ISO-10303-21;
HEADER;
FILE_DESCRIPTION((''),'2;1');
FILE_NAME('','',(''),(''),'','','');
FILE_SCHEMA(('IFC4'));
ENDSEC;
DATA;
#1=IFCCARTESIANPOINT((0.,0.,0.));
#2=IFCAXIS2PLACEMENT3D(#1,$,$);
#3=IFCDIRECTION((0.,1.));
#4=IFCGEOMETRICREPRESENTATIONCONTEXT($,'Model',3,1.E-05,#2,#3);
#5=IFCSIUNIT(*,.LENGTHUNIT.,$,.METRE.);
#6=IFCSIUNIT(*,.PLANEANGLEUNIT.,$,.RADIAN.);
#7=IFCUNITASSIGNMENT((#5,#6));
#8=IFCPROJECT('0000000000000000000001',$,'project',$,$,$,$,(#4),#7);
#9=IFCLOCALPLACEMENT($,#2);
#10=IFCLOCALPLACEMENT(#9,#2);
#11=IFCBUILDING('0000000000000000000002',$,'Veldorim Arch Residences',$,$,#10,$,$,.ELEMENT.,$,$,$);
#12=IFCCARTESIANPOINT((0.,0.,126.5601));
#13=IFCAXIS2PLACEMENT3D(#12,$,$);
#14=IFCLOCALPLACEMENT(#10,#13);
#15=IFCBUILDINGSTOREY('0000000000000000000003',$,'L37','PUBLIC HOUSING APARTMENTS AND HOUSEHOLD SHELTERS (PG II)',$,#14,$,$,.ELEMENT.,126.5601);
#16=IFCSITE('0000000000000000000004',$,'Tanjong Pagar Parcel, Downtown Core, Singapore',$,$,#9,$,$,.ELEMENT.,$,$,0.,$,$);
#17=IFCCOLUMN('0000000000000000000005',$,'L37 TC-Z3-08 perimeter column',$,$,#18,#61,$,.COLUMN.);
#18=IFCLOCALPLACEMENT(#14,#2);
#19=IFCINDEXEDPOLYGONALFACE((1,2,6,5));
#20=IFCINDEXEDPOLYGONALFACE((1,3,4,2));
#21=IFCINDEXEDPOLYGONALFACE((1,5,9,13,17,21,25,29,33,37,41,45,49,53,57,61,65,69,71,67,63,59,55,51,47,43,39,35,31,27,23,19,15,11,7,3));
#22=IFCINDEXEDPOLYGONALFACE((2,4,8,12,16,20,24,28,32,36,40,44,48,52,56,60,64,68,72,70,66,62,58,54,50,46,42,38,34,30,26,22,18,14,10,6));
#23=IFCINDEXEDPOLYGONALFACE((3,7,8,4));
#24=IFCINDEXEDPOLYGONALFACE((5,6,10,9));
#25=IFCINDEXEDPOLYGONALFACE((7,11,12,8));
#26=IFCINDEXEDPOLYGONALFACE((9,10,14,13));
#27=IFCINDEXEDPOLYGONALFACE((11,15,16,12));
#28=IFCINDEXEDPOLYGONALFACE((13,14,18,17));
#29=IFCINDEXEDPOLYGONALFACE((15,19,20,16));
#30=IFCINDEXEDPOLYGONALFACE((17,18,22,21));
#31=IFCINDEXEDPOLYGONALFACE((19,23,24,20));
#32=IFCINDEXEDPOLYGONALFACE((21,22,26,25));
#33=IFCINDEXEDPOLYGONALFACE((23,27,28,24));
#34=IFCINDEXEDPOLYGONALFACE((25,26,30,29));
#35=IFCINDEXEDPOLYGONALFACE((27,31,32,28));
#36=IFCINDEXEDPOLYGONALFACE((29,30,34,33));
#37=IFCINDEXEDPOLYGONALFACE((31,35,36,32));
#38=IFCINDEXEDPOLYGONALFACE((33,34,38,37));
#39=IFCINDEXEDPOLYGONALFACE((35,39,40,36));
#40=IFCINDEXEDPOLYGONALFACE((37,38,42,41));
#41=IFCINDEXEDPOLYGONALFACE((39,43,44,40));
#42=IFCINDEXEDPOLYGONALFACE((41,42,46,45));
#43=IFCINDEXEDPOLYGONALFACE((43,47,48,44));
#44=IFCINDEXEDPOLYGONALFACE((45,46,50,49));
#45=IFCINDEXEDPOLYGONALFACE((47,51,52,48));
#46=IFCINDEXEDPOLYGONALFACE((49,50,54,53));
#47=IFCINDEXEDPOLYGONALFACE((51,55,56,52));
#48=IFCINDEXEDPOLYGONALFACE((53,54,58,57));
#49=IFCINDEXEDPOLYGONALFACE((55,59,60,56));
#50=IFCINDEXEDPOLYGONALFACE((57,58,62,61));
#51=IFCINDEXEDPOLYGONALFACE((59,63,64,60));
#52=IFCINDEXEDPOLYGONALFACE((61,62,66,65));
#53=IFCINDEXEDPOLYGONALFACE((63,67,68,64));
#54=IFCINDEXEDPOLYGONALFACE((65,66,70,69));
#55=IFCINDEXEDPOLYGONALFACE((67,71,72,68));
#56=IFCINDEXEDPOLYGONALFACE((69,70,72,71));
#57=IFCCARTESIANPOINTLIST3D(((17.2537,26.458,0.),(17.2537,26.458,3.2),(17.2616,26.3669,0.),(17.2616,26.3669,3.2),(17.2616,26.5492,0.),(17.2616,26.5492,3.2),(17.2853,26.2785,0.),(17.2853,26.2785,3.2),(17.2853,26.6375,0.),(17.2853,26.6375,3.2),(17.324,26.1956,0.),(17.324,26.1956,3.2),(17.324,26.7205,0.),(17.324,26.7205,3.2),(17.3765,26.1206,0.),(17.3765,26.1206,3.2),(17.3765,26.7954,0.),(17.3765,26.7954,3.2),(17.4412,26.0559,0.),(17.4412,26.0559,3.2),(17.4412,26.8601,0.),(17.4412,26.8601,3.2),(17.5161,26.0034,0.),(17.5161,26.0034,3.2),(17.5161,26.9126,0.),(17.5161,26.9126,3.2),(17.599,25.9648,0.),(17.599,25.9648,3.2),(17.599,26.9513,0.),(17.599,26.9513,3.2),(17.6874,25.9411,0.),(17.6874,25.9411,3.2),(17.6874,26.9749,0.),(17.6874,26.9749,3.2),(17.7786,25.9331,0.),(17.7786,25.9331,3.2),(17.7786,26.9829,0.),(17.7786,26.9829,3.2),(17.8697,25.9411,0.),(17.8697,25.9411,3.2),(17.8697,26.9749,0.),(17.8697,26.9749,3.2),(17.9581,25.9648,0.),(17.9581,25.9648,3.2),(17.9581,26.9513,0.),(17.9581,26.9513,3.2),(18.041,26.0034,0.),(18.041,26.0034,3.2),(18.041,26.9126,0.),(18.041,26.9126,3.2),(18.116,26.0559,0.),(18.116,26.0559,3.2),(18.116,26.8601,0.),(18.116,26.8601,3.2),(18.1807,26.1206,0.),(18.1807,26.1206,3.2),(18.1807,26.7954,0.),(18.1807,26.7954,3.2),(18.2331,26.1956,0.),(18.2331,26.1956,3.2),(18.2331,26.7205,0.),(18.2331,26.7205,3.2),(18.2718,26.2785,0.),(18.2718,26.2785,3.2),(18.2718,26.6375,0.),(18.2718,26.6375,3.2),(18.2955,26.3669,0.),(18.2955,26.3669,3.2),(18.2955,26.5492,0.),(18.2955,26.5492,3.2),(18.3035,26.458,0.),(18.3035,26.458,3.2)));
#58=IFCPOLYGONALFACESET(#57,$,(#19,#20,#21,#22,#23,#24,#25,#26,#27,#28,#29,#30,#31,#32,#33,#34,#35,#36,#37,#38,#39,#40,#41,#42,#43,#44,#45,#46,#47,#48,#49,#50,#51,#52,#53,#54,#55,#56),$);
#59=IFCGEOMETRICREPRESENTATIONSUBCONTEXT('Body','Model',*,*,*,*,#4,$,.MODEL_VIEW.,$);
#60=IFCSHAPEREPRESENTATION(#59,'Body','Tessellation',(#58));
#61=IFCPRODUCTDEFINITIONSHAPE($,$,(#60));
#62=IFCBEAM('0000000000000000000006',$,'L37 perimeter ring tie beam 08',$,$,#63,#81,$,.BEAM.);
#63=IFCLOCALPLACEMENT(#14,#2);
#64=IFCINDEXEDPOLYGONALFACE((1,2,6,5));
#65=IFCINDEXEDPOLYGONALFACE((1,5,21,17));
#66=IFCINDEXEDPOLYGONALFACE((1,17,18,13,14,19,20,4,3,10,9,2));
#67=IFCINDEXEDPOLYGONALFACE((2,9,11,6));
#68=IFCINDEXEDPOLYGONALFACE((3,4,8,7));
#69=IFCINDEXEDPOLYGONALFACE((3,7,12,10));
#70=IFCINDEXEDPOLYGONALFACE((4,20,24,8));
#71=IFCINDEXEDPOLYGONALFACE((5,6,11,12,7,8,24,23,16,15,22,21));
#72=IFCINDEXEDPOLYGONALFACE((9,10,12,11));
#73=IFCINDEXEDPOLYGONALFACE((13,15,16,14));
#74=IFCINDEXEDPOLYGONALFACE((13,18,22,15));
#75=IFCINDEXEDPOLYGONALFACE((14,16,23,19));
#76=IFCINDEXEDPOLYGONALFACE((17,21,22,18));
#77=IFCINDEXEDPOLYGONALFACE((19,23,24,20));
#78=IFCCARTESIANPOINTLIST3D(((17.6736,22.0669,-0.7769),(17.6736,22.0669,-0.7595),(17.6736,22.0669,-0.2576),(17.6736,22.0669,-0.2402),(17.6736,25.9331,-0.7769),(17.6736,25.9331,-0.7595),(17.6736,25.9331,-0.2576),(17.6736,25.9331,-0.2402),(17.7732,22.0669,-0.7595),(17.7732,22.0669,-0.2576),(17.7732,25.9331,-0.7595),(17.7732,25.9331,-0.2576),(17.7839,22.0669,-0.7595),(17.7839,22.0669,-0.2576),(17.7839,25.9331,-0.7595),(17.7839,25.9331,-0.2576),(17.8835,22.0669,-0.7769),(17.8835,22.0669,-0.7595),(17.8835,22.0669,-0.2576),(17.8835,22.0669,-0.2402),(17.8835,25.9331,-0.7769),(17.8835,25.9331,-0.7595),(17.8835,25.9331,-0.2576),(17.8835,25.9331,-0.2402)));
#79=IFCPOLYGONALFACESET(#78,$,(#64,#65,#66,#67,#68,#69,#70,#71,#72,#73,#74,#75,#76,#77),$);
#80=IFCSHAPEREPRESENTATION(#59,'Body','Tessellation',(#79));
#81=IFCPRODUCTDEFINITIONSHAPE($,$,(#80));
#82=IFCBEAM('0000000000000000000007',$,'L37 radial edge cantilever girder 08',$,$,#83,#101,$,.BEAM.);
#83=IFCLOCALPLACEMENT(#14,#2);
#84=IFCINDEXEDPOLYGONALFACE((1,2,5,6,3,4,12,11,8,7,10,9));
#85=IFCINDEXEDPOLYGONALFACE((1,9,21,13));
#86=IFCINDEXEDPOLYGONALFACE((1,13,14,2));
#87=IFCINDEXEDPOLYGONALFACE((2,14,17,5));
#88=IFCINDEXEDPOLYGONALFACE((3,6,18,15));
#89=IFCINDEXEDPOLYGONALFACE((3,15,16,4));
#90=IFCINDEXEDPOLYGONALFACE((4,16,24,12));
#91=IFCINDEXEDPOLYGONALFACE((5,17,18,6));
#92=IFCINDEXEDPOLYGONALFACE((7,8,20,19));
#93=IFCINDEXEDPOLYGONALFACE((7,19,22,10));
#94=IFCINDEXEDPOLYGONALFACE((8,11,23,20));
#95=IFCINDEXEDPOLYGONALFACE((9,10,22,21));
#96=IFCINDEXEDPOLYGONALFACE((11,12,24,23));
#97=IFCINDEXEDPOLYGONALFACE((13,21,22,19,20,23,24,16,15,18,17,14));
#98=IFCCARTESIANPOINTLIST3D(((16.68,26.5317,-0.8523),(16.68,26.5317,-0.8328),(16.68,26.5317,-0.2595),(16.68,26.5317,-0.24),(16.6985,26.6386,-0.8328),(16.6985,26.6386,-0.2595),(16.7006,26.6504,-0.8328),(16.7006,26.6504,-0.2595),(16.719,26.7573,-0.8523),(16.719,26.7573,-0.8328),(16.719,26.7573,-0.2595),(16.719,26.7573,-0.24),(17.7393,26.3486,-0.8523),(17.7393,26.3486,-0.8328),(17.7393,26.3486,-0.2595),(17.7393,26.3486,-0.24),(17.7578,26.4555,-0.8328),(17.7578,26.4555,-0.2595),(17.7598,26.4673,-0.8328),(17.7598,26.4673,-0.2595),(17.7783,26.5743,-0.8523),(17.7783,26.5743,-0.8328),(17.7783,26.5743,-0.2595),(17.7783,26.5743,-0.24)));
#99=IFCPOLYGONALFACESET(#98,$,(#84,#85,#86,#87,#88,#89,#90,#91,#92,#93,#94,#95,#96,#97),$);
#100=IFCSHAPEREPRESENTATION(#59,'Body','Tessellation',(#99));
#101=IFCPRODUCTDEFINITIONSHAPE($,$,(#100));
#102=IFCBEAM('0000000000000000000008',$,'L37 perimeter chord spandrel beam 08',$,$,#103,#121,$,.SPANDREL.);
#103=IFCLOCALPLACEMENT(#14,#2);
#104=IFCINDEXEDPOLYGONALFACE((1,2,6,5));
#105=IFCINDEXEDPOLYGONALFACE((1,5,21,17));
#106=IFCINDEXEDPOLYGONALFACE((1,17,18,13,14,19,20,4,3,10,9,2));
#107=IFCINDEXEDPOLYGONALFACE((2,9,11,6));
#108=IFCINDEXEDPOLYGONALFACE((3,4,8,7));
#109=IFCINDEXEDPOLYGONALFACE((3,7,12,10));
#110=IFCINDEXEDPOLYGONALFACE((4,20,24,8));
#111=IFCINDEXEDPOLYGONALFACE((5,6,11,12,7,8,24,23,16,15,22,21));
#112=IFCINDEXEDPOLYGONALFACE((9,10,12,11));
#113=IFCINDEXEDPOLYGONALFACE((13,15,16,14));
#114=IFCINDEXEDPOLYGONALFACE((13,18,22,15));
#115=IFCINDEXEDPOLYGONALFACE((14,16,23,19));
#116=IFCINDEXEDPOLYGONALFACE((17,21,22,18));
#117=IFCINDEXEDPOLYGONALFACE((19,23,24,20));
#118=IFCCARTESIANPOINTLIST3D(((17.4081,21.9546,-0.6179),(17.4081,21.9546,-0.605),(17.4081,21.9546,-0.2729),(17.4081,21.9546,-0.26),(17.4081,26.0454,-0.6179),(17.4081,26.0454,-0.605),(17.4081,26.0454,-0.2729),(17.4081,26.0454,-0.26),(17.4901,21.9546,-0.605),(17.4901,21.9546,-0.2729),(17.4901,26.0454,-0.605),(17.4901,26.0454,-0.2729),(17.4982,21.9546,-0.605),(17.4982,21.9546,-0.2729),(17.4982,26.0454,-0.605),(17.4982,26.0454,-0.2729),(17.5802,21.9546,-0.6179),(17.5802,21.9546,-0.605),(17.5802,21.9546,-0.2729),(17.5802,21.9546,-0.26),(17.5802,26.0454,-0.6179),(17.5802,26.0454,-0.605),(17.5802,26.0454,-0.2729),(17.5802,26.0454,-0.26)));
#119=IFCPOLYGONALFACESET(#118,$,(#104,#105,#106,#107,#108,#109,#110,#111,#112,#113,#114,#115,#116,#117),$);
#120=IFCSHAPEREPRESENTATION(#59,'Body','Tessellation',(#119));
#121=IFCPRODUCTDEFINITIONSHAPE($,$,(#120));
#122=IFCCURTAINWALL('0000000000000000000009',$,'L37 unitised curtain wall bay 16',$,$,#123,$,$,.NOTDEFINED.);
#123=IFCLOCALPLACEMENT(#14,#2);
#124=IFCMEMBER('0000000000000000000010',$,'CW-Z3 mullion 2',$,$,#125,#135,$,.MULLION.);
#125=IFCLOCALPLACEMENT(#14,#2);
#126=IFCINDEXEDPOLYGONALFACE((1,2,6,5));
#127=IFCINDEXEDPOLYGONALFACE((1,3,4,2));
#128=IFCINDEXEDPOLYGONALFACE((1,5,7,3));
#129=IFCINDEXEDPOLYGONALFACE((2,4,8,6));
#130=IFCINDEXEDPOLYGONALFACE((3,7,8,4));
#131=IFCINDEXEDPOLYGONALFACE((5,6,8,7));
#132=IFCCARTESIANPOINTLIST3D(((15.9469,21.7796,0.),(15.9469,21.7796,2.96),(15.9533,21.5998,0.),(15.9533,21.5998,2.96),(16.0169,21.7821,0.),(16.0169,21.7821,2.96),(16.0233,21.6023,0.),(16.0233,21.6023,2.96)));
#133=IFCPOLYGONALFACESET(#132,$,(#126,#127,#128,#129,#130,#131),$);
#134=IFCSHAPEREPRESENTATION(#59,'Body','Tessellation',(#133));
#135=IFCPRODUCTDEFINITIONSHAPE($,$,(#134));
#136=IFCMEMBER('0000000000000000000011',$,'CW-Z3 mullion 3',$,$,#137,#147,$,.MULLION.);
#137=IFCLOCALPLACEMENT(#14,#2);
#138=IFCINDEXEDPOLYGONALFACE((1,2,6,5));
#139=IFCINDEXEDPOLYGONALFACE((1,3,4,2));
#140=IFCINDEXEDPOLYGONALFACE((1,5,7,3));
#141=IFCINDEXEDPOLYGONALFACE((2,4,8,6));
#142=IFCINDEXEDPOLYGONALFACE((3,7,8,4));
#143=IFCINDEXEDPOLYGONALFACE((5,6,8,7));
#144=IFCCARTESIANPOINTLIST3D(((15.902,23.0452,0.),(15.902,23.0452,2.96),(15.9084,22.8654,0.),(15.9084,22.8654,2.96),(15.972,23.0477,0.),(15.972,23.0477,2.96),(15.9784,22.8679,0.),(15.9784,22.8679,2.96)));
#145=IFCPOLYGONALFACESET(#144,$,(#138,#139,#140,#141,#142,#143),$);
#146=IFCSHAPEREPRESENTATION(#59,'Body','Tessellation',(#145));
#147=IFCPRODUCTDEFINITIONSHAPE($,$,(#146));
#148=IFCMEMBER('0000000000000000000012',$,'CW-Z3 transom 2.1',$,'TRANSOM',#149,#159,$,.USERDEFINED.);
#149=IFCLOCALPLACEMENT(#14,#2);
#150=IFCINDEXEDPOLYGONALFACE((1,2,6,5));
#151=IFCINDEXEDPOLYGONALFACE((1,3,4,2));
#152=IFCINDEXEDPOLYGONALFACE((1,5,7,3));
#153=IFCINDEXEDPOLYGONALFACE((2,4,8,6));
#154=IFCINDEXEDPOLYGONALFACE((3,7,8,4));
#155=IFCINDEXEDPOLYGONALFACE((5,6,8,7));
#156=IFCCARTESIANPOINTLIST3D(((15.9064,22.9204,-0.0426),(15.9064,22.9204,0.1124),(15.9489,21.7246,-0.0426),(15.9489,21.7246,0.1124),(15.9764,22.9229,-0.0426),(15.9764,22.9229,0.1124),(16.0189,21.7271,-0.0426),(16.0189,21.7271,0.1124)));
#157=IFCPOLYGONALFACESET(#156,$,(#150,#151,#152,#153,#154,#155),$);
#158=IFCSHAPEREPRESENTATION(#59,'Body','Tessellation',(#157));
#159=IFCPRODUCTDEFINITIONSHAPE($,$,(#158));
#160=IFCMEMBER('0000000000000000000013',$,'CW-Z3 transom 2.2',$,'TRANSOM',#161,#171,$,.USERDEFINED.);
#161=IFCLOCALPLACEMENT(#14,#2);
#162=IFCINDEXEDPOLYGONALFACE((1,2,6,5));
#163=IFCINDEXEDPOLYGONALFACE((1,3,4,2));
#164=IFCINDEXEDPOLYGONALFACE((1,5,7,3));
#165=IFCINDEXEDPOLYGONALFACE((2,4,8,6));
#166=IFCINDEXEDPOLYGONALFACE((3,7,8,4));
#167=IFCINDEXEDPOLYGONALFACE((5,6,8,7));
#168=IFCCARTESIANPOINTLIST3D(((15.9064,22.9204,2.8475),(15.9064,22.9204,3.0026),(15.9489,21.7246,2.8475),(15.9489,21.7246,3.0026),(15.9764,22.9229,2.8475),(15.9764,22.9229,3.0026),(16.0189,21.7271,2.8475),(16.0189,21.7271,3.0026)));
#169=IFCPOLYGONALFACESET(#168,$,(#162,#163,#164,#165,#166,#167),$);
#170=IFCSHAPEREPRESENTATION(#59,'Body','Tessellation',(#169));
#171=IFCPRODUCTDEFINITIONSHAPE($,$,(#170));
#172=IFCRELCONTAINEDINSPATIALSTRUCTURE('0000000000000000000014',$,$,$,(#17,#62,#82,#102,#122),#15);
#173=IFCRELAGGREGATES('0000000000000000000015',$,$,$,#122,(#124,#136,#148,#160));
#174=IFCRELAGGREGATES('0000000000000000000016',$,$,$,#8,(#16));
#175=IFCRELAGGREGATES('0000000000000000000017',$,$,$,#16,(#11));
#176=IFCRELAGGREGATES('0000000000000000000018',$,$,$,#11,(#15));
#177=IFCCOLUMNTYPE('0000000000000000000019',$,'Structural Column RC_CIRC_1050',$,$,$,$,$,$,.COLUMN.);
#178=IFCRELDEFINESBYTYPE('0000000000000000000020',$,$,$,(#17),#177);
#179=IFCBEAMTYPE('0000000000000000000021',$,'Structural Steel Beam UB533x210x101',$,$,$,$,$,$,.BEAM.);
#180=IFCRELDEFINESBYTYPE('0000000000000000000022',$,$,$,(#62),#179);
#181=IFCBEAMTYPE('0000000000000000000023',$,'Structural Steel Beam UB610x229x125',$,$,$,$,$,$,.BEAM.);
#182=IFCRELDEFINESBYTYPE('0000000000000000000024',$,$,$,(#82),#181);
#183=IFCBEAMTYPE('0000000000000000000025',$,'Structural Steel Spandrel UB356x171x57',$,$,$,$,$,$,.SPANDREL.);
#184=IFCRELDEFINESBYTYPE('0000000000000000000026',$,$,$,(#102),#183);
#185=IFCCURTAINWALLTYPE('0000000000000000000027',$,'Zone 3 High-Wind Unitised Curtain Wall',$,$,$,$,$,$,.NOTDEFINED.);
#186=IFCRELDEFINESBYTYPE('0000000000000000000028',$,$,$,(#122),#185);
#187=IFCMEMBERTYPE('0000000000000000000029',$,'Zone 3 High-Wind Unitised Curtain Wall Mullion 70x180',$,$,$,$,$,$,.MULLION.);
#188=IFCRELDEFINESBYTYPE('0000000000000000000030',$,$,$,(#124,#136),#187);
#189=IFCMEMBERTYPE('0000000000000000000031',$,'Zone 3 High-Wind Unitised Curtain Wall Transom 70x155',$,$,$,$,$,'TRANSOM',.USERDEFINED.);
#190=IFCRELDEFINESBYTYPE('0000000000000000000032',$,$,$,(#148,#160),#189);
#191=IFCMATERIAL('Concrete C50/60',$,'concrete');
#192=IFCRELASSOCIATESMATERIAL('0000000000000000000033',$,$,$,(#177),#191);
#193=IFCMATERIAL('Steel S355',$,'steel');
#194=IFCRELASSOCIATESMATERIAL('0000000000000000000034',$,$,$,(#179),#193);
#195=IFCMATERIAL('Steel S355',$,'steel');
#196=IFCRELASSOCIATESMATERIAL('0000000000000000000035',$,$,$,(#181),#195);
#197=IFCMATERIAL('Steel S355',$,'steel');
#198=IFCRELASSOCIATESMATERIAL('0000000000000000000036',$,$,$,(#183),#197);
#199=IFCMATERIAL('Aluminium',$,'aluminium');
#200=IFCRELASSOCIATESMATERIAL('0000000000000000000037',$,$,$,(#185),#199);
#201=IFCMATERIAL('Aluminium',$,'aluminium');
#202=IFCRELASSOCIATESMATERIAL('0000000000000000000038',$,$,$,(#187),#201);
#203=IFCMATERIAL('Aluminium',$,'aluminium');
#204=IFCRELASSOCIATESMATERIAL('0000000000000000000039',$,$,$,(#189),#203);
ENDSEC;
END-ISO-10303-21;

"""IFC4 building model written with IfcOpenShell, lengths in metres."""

from ifc_helpers import new_model, si_unit, direction, frame, origin, origin_2d, place, context, subcontext, project, spatial, rectangle, circle, i_section, extrude, material, material_profile, profile_set, type_object, element, aggregate, save


model = new_model("IFC4")

# Units and contexts
model_context = context("Model", 3, precision=1e-05, world=origin(), true_north=direction((0.0, 1.0)))
body_context = subcontext(model_context, "Body", "Model", "MODEL_VIEW")
ifc_project = project(units=[si_unit("LENGTHUNIT", "METRE"), si_unit("PLANEANGLEUNIT", "RADIAN")], contexts=[model_context])

# Site, building, storey
site_placement = place(None, origin())
site = spatial("IfcSite", under=ifc_project, at=site_placement, Name="Tanjong Pagar Parcel, Downtown Core, Singapore", CompositionType="ELEMENT", RefElevation=0.0)
building_placement = place(site_placement, origin())
building = spatial("IfcBuilding", under=site, at=building_placement, Name="Veldorim Arch Residences", CompositionType="ELEMENT")
storey_placement = place(building_placement, frame((0.0, 0.0, 126.5601)))
storey = spatial("IfcBuildingStorey", under=building, at=storey_placement, Name="L37", Description="PUBLIC HOUSING APARTMENTS AND HOUSEHOLD SHELTERS (PG II)", CompositionType="ELEMENT", Elevation=126.5601)

# Column
ifc_material_1 = material(Name="Concrete C50/60", Category="concrete")
ifc_material_profile_1 = material_profile(ifc_material_1, circle(Radius=0.5249, at=origin_2d()), Name="RC_CIRC_1050")
ifc_profile_set_1 = profile_set([ifc_material_profile_1], Name="Concrete C50/60")
column_type = type_object("IfcColumnType", Name="Structural Column RC_CIRC_1050", PredefinedType="COLUMN", material=ifc_profile_set_1)
column_placement = place(storey_placement, frame((17.7786, 26.458, 0.0), z_axis=(0.0, 0.0, 1.0), x_axis=(1.0, 0.0, 0.0)))
element("IfcColumn", 1, at=column_placement, inside=storey, type_object=column_type, Name="L37 TC-Z3-08 perimeter column", PredefinedType="COLUMN", context=body_context, shape_type="SweptSolid", body=[
    extrude(circle(Radius=0.5249, at=origin_2d()), origin(), (0.0, 0.0, 1.0), 3.2),
])

# Beams
ifc_material_2 = material(Name="Steel S355", Category="steel")
ifc_material_profile_2 = material_profile(ifc_material_2, i_section(OverallWidth=0.21, OverallDepth=0.5366, WebThickness=0.0107, FlangeThickness=0.0173, at=origin_2d()), Name="UB533x210x101")
ifc_profile_set_2 = profile_set([ifc_material_profile_2], Name="Steel S355")
beam_type_1 = type_object("IfcBeamType", Name="Structural Steel Beam UB533x210x101", PredefinedType="BEAM", material=ifc_profile_set_2)
beam_1_placement = place(storey_placement, frame((17.7786, 25.9331, -0.5085), z_axis=(0.0, -1.0, 0.0), x_axis=(1.0, 0.0, 0.0)))
element("IfcBeam", 2, at=beam_1_placement, inside=storey, type_object=beam_type_1, Name="L37 perimeter ring tie beam 08", PredefinedType="BEAM", context=body_context, shape_type="SweptSolid", body=[
    extrude(i_section(OverallWidth=0.21, OverallDepth=0.5366, WebThickness=0.0107, FlangeThickness=0.0173, at=origin_2d()), origin(), (0.0, 0.0, 1.0), 3.8662),
])
ifc_material_3 = material(Name="Steel S355", Category="steel")
ifc_material_profile_3 = material_profile(ifc_material_3, i_section(OverallWidth=0.229, OverallDepth=0.6123, WebThickness=0.012, FlangeThickness=0.0195, at=origin_2d()), Name="UB610x229x125")
ifc_profile_set_3 = profile_set([ifc_material_profile_3], Name="Steel S355")
beam_type_2 = type_object("IfcBeamType", Name="Structural Steel Beam UB610x229x125", PredefinedType="BEAM", material=ifc_profile_set_3)
beam_2_placement = place(storey_placement, frame((17.7588, 26.4614, -0.5461), z_axis=(-0.985388, 0.170325, 0.0), x_axis=(-0.170325, -0.985388, 0.0)))
element("IfcBeam", 3, at=beam_2_placement, inside=storey, type_object=beam_type_2, Name="L37 radial edge cantilever girder 08", PredefinedType="BEAM", context=body_context, shape_type="SweptSolid", body=[
    extrude(i_section(OverallWidth=0.229, OverallDepth=0.6123, WebThickness=0.012, FlangeThickness=0.0195, at=origin_2d()), origin(), (0.0, 0.0, 1.0), 1.075),
])
ifc_material_4 = material(Name="Steel S355", Category="steel")
ifc_material_profile_4 = material_profile(ifc_material_4, i_section(OverallWidth=0.1721, OverallDepth=0.3579, WebThickness=0.0081, FlangeThickness=0.0129, at=origin_2d()), Name="UB356x171x57")
ifc_profile_set_4 = profile_set([ifc_material_profile_4], Name="Steel S355")
beam_type_3 = type_object("IfcBeamType", Name="Structural Steel Spandrel UB356x171x57", PredefinedType="SPANDREL", material=ifc_profile_set_4)
beam_3_placement = place(storey_placement, frame((17.4941, 26.0454, -0.439), z_axis=(0.0, -1.0, 0.0), x_axis=(1.0, 0.0, 0.0)))
element("IfcBeam", 4, at=beam_3_placement, inside=storey, type_object=beam_type_3, Name="L37 perimeter chord spandrel beam 08", PredefinedType="SPANDREL", context=body_context, shape_type="SweptSolid", body=[
    extrude(i_section(OverallWidth=0.1721, OverallDepth=0.3579, WebThickness=0.0081, FlangeThickness=0.0129, at=origin_2d()), origin(), (0.0, 0.0, 1.0), 4.0908),
])

# Curtain wall, members
ifc_material_5 = material(Name="Aluminium", Category="aluminium")
curtain_wall_type = type_object("IfcCurtainWallType", Name="Zone 3 High-Wind Unitised Curtain Wall", PredefinedType="NOTDEFINED", material=ifc_material_5)
curtain_wall_placement = place(storey_placement, origin())
curtain_wall = element("IfcCurtainWall", 5, at=curtain_wall_placement, inside=storey, type_object=curtain_wall_type, Name="L37 unitised curtain wall bay 16", PredefinedType="NOTDEFINED")
ifc_material_6 = material(Name="Aluminium", Category="aluminium")
ifc_material_profile_5 = material_profile(ifc_material_6, rectangle(XDim=0.0701, YDim=0.1799, at=origin_2d()), Name="ALU_MUL_70x180")
ifc_profile_set_5 = profile_set([ifc_material_profile_5], Name="Aluminium")
member_type_1 = type_object("IfcMemberType", Name="Zone 3 High-Wind Unitised Curtain Wall Mullion 70x180", PredefinedType="MULLION", material=ifc_profile_set_5)
member_1_placement = place(storey_placement, frame((15.9851, 21.6909, 0.0), z_axis=(0.0, 0.0, 1.0), x_axis=(-0.99937, -0.035498, 0.0)))
member_1 = element("IfcMember", 6, at=member_1_placement, type_object=member_type_1, Name="CW-Z3 mullion 2", PredefinedType="MULLION", context=body_context, shape_type="SweptSolid", body=[
    extrude(rectangle(XDim=0.0701, YDim=0.1799, at=origin_2d()), origin(), (0.0, 0.0, 1.0), 2.96),
])
member_2_placement = place(storey_placement, frame((15.9402, 22.9565, 0.0), z_axis=(0.0, 0.0, 1.0), x_axis=(-0.99937, -0.035498, 0.0)))
member_2 = element("IfcMember", 7, at=member_2_placement, type_object=member_type_1, Name="CW-Z3 mullion 3", PredefinedType="MULLION", context=body_context, shape_type="SweptSolid", body=[
    extrude(rectangle(XDim=0.0701, YDim=0.1799, at=origin_2d()), origin(), (0.0, 0.0, 1.0), 2.96),
])
ifc_material_7 = material(Name="Aluminium", Category="aluminium")
ifc_material_profile_6 = material_profile(ifc_material_7, rectangle(XDim=0.0701, YDim=0.155, at=origin_2d()), Name="ALU_TRN_70x155")
ifc_profile_set_6 = profile_set([ifc_material_profile_6], Name="Aluminium")
member_type_2 = type_object("IfcMemberType", Name="Zone 3 High-Wind Unitised Curtain Wall Transom 70x155", ElementType="TRANSOM", PredefinedType="USERDEFINED", material=ifc_profile_set_6)
member_3_placement = place(storey_placement, frame((15.9839, 21.7258, 0.0349), z_axis=(-0.035502, 0.99937, 0.0), x_axis=(-0.99937, -0.035502, 0.0)))
member_3 = element("IfcMember", 8, at=member_3_placement, type_object=member_type_2, Name="CW-Z3 transom 2.1", ObjectType="TRANSOM", PredefinedType="USERDEFINED", context=body_context, shape_type="SweptSolid", body=[
    extrude(rectangle(XDim=0.0701, YDim=0.155, at=origin_2d()), origin(), (0.0, 0.0, 1.0), 1.1965),
])
member_4_placement = place(storey_placement, frame((15.9839, 21.7258, 2.925), z_axis=(-0.035502, 0.99937, 0.0), x_axis=(-0.99937, -0.035502, 0.0)))
member_4 = element("IfcMember", 9, at=member_4_placement, type_object=member_type_2, Name="CW-Z3 transom 2.2", ObjectType="TRANSOM", PredefinedType="USERDEFINED", context=body_context, shape_type="SweptSolid", body=[
    extrude(rectangle(XDim=0.0701, YDim=0.155, at=origin_2d()), origin(), (0.0, 0.0, 1.0), 1.1965),
])
aggregate(curtain_wall, [member_1, member_2, member_3, member_4])

save(model, "model.ifc")
